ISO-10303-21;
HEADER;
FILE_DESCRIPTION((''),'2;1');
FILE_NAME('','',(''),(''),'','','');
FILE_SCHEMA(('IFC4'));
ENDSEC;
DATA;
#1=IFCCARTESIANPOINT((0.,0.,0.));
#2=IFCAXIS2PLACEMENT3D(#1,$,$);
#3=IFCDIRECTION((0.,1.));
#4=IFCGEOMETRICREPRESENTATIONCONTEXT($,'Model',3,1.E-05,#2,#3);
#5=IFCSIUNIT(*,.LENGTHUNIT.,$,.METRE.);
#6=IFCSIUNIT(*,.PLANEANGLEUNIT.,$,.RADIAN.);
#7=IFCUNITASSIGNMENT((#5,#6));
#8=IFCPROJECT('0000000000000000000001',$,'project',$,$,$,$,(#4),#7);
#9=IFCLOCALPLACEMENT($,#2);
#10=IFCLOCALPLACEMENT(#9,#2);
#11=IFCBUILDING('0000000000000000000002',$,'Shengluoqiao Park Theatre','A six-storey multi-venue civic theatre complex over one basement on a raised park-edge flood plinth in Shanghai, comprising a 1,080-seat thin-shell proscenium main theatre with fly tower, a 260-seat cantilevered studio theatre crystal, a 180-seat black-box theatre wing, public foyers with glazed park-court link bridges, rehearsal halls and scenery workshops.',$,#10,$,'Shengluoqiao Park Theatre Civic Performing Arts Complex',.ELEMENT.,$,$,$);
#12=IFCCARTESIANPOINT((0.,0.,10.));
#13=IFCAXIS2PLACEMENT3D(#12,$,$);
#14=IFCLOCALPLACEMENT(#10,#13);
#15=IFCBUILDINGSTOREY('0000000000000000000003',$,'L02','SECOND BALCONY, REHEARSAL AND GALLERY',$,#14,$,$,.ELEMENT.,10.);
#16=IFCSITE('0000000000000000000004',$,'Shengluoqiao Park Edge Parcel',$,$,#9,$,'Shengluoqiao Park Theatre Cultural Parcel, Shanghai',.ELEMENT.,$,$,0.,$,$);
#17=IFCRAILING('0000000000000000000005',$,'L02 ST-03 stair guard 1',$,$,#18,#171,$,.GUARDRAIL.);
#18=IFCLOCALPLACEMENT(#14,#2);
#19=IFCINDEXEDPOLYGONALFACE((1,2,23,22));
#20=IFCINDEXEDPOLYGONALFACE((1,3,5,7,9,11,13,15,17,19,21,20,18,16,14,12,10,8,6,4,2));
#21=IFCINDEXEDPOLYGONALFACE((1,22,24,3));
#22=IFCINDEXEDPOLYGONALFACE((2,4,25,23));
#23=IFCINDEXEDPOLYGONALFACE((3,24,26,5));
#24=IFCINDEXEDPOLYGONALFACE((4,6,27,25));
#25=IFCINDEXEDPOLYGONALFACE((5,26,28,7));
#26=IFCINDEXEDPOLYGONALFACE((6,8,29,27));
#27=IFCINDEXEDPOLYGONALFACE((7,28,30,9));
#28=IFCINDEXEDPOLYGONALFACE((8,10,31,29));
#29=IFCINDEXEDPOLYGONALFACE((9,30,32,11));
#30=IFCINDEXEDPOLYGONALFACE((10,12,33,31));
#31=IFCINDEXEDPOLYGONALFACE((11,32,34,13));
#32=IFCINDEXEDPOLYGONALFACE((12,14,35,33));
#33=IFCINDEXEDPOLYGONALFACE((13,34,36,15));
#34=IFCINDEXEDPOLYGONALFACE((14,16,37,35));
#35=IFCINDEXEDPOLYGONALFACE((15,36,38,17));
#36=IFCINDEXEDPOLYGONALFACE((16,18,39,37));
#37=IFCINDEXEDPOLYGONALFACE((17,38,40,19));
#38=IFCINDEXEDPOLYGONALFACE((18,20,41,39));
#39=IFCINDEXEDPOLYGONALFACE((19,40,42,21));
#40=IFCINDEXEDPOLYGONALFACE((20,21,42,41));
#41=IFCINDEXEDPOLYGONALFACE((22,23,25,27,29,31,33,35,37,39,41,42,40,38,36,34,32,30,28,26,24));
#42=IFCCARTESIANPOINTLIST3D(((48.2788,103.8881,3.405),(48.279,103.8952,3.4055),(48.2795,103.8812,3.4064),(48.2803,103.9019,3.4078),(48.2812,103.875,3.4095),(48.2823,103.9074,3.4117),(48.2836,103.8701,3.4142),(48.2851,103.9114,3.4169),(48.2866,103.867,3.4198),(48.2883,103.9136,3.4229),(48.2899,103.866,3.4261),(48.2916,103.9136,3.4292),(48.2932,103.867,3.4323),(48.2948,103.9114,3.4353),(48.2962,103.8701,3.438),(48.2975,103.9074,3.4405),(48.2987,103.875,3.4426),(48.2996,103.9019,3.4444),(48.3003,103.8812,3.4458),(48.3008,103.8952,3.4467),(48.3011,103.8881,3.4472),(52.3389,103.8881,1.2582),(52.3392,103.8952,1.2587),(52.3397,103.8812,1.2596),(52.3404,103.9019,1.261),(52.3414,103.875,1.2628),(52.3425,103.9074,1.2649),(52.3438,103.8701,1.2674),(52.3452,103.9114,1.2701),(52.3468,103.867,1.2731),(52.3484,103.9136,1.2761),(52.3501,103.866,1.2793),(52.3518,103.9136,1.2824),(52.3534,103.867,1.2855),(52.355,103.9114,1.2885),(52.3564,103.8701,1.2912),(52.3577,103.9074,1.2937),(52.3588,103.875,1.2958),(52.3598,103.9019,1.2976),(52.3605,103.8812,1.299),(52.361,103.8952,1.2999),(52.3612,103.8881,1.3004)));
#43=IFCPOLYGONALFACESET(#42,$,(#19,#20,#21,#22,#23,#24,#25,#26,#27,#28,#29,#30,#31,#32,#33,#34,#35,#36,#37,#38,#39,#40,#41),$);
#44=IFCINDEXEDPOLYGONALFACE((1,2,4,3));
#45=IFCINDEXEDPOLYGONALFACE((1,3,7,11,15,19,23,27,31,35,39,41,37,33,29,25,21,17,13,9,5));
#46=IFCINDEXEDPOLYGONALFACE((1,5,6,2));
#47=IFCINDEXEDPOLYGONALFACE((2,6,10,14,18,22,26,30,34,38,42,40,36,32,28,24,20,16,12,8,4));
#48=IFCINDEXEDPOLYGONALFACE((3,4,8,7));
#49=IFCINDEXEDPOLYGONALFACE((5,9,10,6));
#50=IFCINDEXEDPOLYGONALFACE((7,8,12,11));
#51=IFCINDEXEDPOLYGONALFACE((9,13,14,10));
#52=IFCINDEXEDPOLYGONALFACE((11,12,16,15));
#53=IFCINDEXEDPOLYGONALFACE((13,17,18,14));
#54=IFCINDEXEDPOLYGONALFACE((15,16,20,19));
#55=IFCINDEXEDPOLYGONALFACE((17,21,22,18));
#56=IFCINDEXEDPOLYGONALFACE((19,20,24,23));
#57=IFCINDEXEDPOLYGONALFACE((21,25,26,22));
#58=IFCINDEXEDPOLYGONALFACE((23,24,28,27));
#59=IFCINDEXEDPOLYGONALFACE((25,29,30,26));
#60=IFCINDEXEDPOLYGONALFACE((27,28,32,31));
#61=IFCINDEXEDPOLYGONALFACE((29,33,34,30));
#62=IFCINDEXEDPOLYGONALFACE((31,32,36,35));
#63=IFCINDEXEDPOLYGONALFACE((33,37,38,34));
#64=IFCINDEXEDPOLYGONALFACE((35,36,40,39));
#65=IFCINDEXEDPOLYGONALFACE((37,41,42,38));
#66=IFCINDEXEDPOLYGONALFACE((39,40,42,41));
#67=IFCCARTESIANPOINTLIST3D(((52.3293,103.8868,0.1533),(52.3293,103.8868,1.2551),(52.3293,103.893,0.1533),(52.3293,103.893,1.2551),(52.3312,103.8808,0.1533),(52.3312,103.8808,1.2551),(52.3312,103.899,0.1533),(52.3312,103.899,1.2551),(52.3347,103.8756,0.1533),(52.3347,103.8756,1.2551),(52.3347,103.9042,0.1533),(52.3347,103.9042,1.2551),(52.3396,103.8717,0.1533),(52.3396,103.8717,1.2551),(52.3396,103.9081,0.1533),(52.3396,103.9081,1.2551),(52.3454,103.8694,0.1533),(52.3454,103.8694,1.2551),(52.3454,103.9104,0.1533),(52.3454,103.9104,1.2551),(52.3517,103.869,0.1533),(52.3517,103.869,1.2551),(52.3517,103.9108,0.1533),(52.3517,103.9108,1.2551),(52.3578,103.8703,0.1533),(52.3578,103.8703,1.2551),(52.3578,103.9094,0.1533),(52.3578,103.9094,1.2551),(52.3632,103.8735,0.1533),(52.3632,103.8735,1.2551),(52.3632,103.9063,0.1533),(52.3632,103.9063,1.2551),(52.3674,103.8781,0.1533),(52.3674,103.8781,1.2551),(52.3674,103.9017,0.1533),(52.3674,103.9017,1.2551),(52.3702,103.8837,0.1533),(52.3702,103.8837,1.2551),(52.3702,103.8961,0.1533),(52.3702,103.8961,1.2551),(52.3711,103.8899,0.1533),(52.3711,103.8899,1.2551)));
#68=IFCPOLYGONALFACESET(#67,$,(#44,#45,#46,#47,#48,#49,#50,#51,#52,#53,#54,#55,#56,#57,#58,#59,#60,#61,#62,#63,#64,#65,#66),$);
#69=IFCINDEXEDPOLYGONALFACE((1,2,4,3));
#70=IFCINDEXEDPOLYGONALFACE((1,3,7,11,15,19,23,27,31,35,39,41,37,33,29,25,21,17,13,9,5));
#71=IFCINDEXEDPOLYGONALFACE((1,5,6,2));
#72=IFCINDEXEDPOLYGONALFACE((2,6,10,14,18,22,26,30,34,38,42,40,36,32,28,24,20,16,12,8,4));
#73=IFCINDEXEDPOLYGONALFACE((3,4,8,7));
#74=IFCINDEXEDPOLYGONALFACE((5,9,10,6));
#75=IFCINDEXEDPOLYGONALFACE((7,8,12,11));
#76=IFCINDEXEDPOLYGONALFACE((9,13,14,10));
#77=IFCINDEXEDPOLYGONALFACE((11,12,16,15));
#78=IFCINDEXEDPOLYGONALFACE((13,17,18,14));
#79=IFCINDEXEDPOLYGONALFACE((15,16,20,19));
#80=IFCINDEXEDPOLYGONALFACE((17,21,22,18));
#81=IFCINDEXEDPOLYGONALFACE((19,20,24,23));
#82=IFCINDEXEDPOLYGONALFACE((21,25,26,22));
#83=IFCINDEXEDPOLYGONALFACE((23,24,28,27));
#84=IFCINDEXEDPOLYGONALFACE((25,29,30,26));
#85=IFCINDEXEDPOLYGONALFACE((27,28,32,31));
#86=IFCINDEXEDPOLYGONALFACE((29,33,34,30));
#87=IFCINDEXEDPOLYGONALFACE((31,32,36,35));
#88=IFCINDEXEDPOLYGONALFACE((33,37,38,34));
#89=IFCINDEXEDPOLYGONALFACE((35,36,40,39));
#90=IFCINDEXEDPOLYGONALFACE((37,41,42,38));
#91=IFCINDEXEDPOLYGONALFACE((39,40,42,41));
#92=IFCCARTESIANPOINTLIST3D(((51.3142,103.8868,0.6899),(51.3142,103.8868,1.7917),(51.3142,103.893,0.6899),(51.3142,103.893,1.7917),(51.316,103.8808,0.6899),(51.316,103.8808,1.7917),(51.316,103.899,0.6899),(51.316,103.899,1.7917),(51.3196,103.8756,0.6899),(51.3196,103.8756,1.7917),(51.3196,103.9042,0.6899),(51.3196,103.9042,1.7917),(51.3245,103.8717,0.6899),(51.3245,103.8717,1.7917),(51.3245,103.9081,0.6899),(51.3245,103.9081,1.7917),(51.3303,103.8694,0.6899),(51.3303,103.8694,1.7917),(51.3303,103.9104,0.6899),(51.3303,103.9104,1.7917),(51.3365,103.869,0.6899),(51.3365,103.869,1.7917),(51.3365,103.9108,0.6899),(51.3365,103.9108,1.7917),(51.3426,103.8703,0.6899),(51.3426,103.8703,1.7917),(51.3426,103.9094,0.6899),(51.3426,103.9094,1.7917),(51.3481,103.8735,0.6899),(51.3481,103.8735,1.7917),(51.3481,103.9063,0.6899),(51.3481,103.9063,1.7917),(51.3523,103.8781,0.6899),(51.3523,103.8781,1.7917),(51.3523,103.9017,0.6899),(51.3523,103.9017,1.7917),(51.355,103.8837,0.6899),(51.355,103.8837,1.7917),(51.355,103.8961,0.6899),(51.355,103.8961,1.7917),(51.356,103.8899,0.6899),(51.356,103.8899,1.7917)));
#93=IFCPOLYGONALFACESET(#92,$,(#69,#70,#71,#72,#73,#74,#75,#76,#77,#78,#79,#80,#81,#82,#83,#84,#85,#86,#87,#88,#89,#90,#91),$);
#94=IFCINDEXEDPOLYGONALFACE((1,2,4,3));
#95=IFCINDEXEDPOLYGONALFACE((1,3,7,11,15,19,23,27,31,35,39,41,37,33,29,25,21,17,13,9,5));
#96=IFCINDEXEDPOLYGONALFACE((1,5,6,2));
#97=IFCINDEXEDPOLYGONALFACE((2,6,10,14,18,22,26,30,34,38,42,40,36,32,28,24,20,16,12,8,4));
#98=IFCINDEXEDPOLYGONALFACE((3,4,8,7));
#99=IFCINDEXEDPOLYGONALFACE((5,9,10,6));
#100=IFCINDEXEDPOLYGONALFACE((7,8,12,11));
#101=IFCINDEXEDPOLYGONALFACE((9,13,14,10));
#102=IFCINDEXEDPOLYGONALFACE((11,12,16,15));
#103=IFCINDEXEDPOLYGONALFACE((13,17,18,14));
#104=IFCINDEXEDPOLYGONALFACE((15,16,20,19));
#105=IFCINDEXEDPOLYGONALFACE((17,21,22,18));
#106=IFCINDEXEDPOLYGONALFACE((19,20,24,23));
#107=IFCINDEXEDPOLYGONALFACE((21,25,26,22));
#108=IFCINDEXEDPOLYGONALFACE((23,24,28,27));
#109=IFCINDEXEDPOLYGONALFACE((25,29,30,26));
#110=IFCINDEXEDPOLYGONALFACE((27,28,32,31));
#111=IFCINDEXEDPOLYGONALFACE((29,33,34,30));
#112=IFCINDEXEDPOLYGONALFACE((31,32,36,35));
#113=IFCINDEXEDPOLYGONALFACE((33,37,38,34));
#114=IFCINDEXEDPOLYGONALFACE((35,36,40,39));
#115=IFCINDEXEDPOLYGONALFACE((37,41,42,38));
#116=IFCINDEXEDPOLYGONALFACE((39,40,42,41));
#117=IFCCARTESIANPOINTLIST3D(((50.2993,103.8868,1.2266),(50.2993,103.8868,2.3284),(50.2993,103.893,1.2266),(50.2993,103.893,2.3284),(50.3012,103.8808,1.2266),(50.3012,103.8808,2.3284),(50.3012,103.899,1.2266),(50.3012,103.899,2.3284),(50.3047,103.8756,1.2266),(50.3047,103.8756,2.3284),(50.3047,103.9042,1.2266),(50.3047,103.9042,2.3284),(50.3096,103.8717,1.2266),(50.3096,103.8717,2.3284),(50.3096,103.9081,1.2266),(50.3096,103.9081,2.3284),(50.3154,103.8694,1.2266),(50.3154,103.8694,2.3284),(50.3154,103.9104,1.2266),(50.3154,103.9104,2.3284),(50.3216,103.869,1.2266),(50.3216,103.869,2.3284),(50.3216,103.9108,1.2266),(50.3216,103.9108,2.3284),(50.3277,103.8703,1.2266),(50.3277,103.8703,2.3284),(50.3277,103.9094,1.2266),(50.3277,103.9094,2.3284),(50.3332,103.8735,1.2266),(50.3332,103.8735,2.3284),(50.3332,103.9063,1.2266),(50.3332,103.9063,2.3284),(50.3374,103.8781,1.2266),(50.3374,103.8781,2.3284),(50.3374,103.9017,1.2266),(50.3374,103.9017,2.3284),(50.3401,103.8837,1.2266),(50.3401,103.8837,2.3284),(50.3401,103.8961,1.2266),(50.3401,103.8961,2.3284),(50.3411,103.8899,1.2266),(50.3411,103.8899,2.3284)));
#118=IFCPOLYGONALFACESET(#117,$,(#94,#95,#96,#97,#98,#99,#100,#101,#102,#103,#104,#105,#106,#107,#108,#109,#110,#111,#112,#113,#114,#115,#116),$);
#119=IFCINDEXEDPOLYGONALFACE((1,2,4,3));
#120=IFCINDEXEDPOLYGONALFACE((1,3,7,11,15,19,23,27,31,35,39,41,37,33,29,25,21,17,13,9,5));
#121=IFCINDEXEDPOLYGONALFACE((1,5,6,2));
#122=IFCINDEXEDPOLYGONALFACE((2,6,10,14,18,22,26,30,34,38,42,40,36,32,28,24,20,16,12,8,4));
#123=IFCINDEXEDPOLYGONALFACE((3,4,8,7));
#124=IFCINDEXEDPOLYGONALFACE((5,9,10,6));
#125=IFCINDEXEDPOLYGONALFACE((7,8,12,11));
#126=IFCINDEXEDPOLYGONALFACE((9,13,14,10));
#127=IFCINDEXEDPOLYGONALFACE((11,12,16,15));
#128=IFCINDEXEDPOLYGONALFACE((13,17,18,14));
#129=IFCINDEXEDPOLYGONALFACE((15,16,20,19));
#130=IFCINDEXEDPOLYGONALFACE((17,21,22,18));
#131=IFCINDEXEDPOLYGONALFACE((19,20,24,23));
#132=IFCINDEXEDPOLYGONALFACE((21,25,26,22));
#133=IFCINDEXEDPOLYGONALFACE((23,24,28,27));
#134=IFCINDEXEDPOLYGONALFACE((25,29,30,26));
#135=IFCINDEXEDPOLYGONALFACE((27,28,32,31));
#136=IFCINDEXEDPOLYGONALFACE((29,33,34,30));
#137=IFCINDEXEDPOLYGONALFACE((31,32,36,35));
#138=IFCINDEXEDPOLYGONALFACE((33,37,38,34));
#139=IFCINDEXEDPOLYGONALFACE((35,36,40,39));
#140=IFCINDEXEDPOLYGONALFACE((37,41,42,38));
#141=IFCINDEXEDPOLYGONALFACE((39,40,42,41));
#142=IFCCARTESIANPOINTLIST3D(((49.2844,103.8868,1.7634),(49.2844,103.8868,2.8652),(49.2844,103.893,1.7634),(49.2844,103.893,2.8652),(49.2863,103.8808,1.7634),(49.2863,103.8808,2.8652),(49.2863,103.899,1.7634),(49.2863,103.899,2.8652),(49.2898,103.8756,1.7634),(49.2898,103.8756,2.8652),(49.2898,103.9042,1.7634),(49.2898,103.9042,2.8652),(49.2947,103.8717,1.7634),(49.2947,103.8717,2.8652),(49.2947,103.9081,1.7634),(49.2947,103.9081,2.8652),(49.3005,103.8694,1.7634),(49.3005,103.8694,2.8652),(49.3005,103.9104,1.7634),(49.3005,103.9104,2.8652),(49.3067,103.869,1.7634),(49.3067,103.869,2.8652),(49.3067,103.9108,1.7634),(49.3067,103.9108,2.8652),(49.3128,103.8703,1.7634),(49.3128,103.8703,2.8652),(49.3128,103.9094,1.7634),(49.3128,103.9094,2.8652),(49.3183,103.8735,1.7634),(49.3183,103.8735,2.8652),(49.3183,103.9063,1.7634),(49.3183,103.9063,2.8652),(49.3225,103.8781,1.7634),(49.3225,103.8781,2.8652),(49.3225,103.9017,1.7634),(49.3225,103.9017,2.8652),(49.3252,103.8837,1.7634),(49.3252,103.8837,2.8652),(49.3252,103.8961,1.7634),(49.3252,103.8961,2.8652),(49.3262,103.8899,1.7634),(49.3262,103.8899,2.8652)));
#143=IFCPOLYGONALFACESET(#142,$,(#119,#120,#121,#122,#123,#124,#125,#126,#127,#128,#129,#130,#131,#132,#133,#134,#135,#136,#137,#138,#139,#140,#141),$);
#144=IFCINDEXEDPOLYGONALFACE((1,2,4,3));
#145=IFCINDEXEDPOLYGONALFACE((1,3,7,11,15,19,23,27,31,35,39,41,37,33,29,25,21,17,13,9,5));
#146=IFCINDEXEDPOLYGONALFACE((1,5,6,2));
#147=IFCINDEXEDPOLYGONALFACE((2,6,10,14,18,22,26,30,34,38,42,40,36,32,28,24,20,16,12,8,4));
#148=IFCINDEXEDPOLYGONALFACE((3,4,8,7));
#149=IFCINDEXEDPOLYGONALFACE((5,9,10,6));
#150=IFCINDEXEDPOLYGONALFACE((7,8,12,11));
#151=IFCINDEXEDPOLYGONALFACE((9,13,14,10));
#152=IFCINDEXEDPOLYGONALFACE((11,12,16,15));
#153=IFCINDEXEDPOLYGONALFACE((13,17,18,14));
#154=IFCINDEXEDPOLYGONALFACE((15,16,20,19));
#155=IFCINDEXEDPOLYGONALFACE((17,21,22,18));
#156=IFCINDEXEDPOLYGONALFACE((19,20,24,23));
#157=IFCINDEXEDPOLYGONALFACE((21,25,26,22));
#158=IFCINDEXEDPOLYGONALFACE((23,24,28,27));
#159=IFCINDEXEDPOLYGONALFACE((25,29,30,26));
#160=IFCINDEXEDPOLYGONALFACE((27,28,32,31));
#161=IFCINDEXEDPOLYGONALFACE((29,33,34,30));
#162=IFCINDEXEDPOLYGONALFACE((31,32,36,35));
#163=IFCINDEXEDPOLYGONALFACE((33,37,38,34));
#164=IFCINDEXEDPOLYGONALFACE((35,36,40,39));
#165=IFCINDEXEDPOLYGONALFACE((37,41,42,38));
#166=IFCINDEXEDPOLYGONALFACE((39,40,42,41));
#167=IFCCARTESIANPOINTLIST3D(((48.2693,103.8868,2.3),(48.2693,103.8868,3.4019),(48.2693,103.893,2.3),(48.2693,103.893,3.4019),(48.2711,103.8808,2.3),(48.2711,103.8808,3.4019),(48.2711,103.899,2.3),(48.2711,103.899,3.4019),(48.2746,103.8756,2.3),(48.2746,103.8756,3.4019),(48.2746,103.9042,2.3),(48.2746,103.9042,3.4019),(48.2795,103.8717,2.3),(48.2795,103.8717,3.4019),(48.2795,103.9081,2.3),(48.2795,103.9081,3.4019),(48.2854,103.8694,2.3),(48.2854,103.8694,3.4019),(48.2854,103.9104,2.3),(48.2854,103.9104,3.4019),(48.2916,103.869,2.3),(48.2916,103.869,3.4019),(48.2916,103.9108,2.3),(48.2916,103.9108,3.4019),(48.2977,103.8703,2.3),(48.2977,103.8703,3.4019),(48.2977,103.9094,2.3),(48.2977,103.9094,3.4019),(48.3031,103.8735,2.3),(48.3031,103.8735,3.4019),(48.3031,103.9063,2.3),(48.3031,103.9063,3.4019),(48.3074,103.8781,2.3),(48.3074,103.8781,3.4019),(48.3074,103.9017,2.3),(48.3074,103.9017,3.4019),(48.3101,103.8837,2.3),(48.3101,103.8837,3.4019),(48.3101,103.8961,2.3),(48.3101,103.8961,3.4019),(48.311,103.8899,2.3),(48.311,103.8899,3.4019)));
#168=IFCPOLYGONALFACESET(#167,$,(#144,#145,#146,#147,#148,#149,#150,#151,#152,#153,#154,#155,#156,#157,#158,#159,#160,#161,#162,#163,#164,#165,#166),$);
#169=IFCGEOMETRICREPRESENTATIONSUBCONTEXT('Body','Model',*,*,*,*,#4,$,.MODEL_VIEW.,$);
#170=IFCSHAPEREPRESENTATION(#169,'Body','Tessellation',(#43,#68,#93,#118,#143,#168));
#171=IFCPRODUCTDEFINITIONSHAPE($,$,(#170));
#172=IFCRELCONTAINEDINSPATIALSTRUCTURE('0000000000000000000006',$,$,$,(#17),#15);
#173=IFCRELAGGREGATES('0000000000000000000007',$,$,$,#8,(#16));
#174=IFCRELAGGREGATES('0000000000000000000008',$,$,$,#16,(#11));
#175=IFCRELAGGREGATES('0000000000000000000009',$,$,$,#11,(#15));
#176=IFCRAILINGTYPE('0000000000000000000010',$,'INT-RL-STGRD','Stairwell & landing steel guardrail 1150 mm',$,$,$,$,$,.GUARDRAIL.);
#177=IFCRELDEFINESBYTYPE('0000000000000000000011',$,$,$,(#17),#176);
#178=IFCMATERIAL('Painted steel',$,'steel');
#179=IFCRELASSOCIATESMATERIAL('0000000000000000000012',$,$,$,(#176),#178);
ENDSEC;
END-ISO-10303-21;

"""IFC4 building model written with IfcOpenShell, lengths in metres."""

from ifc_helpers import new_model, si_unit, direction, frame, origin, origin_2d, place, context, subcontext, project, spatial, circle, extrude, material, type_object, element, save


model = new_model("IFC4")

# Units and contexts
model_context = context("Model", 3, precision=1e-05, world=origin(), true_north=direction((0.0, 1.0)))
body_context = subcontext(model_context, "Body", "Model", "MODEL_VIEW")
ifc_project = project(units=[si_unit("LENGTHUNIT", "METRE"), si_unit("PLANEANGLEUNIT", "RADIAN")], contexts=[model_context])

# Site, building, storey
site_placement = place(None, origin())
site = spatial("IfcSite", under=ifc_project, at=site_placement, Name="Shengluoqiao Park Edge Parcel", LongName="Shengluoqiao Park Theatre Cultural Parcel, Shanghai", CompositionType="ELEMENT", RefElevation=0.0)
building_placement = place(site_placement, origin())
building = spatial("IfcBuilding", under=site, at=building_placement, Name="Shengluoqiao Park Theatre", Description="A six-storey multi-venue civic theatre complex over one basement on a raised park-edge flood plinth in Shanghai, comprising a 1,080-seat thin-shell proscenium main theatre with fly tower, a 260-seat cantilevered studio theatre crystal, a 180-seat black-box theatre wing, public foyers with glazed park-court link bridges, rehearsal halls and scenery workshops.", LongName="Shengluoqiao Park Theatre Civic Performing Arts Complex", CompositionType="ELEMENT")
storey_placement = place(building_placement, frame((0.0, 0.0, 10.0)))
storey = spatial("IfcBuildingStorey", under=building, at=storey_placement, Name="L02", Description="SECOND BALCONY, REHEARSAL AND GALLERY", CompositionType="ELEMENT", Elevation=10.0)

# Railing
ifc_material_1 = material(Name="Painted steel", Category="steel")
railing_type_1 = type_object("IfcRailingType", Name="INT-RL-STGRD", Description="Stairwell & landing steel guardrail 1150 mm", PredefinedType="GUARDRAIL", material=ifc_material_1)
railing_1_placement = place(storey_placement, frame((52.3501, 103.8899, 0.1533)))
element("IfcRailing", 1, at=railing_1_placement, inside=storey, type_object=railing_type_1, Name="L02 ST-03 stair guard 1", PredefinedType="GUARDRAIL", context=body_context, shape_type="SweptSolid", body=[
    extrude(circle(Radius=0.0239, at=origin_2d()), frame((0.0, 0.0, 1.126), z_axis=(-0.884032, 0.0, 0.467426), x_axis=(0.0, -1.0, 0.0)), (0.0, 0.0, 1.0), 4.5928),
    extrude(circle(Radius=0.021, at=origin_2d()), origin(), (0.0, 0.0, 1.0), 1.1018),
    extrude(circle(Radius=0.021, at=origin_2d()), frame((-1.0151, 0.0, 0.5366)), (0.0, 0.0, 1.0), 1.1018),
    extrude(circle(Radius=0.021, at=origin_2d()), frame((-2.03, 0.0, 1.0732)), (0.0, 0.0, 1.0), 1.1018),
    extrude(circle(Radius=0.021, at=origin_2d()), frame((-3.0449, 0.0, 1.6101)), (0.0, 0.0, 1.0), 1.1018),
    extrude(circle(Radius=0.021, at=origin_2d()), frame((-4.0601, 0.0, 2.1467)), (0.0, 0.0, 1.0), 1.1018),
])

save(model, "model.ifc")
